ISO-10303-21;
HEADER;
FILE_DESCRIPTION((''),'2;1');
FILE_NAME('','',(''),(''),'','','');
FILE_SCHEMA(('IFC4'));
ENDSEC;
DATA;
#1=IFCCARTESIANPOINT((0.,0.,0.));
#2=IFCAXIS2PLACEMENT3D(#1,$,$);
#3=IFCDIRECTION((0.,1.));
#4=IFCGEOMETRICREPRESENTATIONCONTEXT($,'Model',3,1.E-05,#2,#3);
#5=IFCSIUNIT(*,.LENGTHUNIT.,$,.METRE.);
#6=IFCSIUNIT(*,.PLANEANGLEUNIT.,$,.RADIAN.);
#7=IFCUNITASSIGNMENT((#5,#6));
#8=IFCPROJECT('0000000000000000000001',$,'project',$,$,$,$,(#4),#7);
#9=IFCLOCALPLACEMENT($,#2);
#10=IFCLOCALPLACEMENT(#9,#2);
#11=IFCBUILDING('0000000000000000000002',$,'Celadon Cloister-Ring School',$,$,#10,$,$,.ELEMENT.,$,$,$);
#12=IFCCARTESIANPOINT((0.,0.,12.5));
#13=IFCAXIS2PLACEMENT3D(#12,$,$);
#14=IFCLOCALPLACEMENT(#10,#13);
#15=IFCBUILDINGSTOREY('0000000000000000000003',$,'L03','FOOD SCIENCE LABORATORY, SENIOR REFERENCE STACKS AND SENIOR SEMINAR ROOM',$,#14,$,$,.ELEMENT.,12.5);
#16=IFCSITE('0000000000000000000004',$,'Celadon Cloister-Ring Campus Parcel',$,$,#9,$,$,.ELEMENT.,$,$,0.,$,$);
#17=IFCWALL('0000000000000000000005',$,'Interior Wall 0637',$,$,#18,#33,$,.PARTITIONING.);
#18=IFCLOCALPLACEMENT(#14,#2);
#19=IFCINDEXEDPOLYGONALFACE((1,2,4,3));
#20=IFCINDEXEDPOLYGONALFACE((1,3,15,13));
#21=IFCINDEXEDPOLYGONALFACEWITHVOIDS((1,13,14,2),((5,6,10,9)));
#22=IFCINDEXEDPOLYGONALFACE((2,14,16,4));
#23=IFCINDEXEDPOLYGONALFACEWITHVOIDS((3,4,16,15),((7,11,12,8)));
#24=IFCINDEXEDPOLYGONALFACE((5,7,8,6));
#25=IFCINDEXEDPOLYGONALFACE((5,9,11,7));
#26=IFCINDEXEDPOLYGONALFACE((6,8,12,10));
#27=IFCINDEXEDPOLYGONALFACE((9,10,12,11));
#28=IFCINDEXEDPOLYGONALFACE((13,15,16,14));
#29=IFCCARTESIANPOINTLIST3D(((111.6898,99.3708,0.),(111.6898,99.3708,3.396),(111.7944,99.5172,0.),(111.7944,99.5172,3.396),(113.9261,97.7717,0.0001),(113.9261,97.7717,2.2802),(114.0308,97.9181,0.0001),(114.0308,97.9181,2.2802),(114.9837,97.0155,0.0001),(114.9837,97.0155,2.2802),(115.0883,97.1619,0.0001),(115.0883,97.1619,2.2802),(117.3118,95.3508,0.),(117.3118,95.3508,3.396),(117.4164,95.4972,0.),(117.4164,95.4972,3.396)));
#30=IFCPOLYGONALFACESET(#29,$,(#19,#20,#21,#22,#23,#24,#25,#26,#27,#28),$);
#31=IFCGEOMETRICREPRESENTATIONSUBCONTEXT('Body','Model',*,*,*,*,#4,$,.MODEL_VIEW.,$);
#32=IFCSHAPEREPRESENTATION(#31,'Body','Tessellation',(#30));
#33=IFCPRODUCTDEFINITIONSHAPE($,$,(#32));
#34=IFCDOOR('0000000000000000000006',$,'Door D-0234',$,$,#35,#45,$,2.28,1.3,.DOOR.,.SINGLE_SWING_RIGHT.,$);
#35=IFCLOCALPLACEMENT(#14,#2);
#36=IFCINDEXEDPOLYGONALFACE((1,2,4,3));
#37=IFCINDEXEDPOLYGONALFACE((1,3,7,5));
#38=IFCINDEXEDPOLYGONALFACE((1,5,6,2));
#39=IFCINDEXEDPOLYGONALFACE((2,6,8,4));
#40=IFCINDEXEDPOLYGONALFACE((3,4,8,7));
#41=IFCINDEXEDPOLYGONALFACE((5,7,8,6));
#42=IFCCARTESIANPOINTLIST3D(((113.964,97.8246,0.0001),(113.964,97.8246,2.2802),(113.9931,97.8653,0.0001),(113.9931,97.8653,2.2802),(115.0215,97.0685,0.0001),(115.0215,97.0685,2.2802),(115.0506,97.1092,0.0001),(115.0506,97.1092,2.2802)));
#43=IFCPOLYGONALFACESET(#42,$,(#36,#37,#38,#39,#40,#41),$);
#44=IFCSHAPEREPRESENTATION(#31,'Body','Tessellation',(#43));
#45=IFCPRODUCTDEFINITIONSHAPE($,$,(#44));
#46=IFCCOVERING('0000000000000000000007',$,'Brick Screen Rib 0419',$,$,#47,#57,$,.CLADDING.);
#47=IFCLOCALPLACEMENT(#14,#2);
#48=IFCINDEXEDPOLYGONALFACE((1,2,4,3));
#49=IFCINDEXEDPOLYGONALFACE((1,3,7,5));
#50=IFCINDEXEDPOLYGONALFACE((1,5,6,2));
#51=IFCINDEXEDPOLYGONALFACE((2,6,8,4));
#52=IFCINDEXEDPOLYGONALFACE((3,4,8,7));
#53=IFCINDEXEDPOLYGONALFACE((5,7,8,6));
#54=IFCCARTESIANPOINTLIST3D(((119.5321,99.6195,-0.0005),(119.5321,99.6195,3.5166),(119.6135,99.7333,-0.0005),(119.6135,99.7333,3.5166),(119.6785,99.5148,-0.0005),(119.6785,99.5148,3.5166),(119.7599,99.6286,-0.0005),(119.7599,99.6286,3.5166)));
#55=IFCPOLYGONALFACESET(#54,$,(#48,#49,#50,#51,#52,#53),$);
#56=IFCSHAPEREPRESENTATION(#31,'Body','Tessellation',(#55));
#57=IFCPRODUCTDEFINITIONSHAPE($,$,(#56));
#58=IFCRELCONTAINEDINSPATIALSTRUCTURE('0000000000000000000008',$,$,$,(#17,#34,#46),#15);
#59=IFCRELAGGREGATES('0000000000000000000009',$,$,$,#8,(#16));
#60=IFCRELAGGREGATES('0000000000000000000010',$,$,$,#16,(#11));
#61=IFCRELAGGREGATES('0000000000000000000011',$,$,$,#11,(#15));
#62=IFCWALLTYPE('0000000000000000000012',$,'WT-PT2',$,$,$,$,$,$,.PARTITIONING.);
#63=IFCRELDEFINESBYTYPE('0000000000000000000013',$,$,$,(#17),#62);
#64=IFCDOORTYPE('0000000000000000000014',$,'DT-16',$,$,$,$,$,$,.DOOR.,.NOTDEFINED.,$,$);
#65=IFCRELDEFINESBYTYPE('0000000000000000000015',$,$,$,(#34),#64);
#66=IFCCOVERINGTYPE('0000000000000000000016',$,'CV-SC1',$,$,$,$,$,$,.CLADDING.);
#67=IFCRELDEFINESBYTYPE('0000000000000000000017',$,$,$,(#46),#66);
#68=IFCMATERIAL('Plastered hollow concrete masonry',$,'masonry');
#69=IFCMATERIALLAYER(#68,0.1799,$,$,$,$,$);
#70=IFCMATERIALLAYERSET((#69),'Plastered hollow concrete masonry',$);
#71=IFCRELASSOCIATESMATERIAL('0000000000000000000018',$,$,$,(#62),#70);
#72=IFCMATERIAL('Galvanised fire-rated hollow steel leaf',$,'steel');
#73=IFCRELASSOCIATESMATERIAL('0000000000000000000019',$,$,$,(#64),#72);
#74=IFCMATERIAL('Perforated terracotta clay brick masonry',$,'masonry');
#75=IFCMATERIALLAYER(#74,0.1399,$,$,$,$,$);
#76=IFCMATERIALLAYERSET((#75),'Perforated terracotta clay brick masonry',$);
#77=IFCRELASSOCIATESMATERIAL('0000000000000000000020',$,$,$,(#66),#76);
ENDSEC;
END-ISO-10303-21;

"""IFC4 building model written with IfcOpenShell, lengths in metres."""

from ifc_helpers import new_model, si_unit, direction, frame, frame_2d, origin, origin_2d, place, context, subcontext, project, spatial, rectangle, extrude, material, layer, layer_set, type_object, element, fill, save


model = new_model("IFC4")

# Units and contexts
model_context = context("Model", 3, precision=1e-05, world=origin(), true_north=direction((0.0, 1.0)))
body_context = subcontext(model_context, "Body", "Model", "MODEL_VIEW")
ifc_project = project(units=[si_unit("LENGTHUNIT", "METRE"), si_unit("PLANEANGLEUNIT", "RADIAN")], contexts=[model_context])

# Site, building, storey
site_placement = place(None, origin())
site = spatial("IfcSite", under=ifc_project, at=site_placement, Name="Celadon Cloister-Ring Campus Parcel", CompositionType="ELEMENT", RefElevation=0.0)
building_placement = place(site_placement, origin())
building = spatial("IfcBuilding", under=site, at=building_placement, Name="Celadon Cloister-Ring School", CompositionType="ELEMENT")
storey_placement = place(building_placement, frame((0.0, 0.0, 12.5)))
storey = spatial("IfcBuildingStorey", under=building, at=storey_placement, Name="L03", Description="FOOD SCIENCE LABORATORY, SENIOR REFERENCE STACKS AND SENIOR SEMINAR ROOM", CompositionType="ELEMENT", Elevation=12.5)

# Wall, opening, door
ifc_material_1 = material(Name="Plastered hollow concrete masonry", Category="masonry")
ifc_layer_1 = layer(ifc_material_1, 0.1799)
ifc_layer_set_1 = layer_set([ifc_layer_1], Name="Plastered hollow concrete masonry")
wall_type = type_object("IfcWallType", Name="WT-PT2", PredefinedType="PARTITIONING", material=ifc_layer_set_1)
wall_placement = place(storey_placement, frame((117.364, 95.4241, 0.0), z_axis=(0.0, 0.0, 1.0), x_axis=(-0.813442, 0.581646, 0.0)))
wall = element("IfcWall", 1, at=wall_placement, inside=storey, type_object=wall_type, Name="Interior Wall 0637", PredefinedType="PARTITIONING", context=body_context, shape_type="SweptSolid", body=[
    extrude(rectangle(XDim=6.9114, YDim=0.1799, at=frame_2d((3.4556, 0.0))), origin(), (0.0, 0.0, 1.0), 3.396),
])
opening_placement = place(wall_placement, frame((2.8621, 0.0, 0.0)))
opening = element("IfcOpeningElement", 2, at=opening_placement, cuts=wall, PredefinedType="OPENING", context=body_context, shape_type="SweptSolid", body=[
    extrude(rectangle(XDim=1.3, YDim=2.28, at=frame_2d((0.6499, 1.1401))), frame((0.0, 0.1001, 0.0), z_axis=(0.0, -1.0, 0.0), x_axis=(1.0, 0.0, 0.0)), (0.0, 0.0, 1.0), 0.2),
])
ifc_material_2 = material(Name="Galvanised fire-rated hollow steel leaf", Category="steel")
door_type = type_object("IfcDoorType", Name="DT-16", OperationType="NOTDEFINED", PredefinedType="DOOR", material=ifc_material_2)
door_placement = place(opening_placement, origin())
door = element("IfcDoor", 3, at=door_placement, inside=storey, type_object=door_type, Name="Door D-0234", OperationType="SINGLE_SWING_RIGHT", OverallHeight=2.28, OverallWidth=1.3, PredefinedType="DOOR", context=body_context, shape_type="SweptSolid", body=[
    extrude(rectangle(XDim=1.3, YDim=2.28, at=frame_2d((0.6499, 1.1401))), frame((0.0, 0.0249, 0.0), z_axis=(0.0, -1.0, 0.0), x_axis=(1.0, 0.0, 0.0)), (0.0, 0.0, 1.0), 0.05),
])
fill(opening, door)

# Covering
ifc_material_3 = material(Name="Perforated terracotta clay brick masonry", Category="masonry")
ifc_layer_2 = layer(ifc_material_3, 0.1399)
ifc_layer_set_2 = layer_set([ifc_layer_2], Name="Perforated terracotta clay brick masonry")
covering_type = type_object("IfcCoveringType", Name="CV-SC1", PredefinedType="CLADDING", material=ifc_layer_set_2)
covering_placement = place(storey_placement, frame((119.646, 99.624, -0.0005), z_axis=(0.0, 0.0, 1.0), x_axis=(0.813416, -0.581683, 0.0)))
element("IfcCovering", 4, at=covering_placement, inside=storey, type_object=covering_type, Name="Brick Screen Rib 0419", PredefinedType="CLADDING", context=body_context, shape_type="SweptSolid", body=[
    extrude(rectangle(XDim=0.1799, YDim=0.1399, at=origin_2d()), origin(), (0.0, 0.0, 1.0), 3.5171),
])

save(model, "model.ifc")
